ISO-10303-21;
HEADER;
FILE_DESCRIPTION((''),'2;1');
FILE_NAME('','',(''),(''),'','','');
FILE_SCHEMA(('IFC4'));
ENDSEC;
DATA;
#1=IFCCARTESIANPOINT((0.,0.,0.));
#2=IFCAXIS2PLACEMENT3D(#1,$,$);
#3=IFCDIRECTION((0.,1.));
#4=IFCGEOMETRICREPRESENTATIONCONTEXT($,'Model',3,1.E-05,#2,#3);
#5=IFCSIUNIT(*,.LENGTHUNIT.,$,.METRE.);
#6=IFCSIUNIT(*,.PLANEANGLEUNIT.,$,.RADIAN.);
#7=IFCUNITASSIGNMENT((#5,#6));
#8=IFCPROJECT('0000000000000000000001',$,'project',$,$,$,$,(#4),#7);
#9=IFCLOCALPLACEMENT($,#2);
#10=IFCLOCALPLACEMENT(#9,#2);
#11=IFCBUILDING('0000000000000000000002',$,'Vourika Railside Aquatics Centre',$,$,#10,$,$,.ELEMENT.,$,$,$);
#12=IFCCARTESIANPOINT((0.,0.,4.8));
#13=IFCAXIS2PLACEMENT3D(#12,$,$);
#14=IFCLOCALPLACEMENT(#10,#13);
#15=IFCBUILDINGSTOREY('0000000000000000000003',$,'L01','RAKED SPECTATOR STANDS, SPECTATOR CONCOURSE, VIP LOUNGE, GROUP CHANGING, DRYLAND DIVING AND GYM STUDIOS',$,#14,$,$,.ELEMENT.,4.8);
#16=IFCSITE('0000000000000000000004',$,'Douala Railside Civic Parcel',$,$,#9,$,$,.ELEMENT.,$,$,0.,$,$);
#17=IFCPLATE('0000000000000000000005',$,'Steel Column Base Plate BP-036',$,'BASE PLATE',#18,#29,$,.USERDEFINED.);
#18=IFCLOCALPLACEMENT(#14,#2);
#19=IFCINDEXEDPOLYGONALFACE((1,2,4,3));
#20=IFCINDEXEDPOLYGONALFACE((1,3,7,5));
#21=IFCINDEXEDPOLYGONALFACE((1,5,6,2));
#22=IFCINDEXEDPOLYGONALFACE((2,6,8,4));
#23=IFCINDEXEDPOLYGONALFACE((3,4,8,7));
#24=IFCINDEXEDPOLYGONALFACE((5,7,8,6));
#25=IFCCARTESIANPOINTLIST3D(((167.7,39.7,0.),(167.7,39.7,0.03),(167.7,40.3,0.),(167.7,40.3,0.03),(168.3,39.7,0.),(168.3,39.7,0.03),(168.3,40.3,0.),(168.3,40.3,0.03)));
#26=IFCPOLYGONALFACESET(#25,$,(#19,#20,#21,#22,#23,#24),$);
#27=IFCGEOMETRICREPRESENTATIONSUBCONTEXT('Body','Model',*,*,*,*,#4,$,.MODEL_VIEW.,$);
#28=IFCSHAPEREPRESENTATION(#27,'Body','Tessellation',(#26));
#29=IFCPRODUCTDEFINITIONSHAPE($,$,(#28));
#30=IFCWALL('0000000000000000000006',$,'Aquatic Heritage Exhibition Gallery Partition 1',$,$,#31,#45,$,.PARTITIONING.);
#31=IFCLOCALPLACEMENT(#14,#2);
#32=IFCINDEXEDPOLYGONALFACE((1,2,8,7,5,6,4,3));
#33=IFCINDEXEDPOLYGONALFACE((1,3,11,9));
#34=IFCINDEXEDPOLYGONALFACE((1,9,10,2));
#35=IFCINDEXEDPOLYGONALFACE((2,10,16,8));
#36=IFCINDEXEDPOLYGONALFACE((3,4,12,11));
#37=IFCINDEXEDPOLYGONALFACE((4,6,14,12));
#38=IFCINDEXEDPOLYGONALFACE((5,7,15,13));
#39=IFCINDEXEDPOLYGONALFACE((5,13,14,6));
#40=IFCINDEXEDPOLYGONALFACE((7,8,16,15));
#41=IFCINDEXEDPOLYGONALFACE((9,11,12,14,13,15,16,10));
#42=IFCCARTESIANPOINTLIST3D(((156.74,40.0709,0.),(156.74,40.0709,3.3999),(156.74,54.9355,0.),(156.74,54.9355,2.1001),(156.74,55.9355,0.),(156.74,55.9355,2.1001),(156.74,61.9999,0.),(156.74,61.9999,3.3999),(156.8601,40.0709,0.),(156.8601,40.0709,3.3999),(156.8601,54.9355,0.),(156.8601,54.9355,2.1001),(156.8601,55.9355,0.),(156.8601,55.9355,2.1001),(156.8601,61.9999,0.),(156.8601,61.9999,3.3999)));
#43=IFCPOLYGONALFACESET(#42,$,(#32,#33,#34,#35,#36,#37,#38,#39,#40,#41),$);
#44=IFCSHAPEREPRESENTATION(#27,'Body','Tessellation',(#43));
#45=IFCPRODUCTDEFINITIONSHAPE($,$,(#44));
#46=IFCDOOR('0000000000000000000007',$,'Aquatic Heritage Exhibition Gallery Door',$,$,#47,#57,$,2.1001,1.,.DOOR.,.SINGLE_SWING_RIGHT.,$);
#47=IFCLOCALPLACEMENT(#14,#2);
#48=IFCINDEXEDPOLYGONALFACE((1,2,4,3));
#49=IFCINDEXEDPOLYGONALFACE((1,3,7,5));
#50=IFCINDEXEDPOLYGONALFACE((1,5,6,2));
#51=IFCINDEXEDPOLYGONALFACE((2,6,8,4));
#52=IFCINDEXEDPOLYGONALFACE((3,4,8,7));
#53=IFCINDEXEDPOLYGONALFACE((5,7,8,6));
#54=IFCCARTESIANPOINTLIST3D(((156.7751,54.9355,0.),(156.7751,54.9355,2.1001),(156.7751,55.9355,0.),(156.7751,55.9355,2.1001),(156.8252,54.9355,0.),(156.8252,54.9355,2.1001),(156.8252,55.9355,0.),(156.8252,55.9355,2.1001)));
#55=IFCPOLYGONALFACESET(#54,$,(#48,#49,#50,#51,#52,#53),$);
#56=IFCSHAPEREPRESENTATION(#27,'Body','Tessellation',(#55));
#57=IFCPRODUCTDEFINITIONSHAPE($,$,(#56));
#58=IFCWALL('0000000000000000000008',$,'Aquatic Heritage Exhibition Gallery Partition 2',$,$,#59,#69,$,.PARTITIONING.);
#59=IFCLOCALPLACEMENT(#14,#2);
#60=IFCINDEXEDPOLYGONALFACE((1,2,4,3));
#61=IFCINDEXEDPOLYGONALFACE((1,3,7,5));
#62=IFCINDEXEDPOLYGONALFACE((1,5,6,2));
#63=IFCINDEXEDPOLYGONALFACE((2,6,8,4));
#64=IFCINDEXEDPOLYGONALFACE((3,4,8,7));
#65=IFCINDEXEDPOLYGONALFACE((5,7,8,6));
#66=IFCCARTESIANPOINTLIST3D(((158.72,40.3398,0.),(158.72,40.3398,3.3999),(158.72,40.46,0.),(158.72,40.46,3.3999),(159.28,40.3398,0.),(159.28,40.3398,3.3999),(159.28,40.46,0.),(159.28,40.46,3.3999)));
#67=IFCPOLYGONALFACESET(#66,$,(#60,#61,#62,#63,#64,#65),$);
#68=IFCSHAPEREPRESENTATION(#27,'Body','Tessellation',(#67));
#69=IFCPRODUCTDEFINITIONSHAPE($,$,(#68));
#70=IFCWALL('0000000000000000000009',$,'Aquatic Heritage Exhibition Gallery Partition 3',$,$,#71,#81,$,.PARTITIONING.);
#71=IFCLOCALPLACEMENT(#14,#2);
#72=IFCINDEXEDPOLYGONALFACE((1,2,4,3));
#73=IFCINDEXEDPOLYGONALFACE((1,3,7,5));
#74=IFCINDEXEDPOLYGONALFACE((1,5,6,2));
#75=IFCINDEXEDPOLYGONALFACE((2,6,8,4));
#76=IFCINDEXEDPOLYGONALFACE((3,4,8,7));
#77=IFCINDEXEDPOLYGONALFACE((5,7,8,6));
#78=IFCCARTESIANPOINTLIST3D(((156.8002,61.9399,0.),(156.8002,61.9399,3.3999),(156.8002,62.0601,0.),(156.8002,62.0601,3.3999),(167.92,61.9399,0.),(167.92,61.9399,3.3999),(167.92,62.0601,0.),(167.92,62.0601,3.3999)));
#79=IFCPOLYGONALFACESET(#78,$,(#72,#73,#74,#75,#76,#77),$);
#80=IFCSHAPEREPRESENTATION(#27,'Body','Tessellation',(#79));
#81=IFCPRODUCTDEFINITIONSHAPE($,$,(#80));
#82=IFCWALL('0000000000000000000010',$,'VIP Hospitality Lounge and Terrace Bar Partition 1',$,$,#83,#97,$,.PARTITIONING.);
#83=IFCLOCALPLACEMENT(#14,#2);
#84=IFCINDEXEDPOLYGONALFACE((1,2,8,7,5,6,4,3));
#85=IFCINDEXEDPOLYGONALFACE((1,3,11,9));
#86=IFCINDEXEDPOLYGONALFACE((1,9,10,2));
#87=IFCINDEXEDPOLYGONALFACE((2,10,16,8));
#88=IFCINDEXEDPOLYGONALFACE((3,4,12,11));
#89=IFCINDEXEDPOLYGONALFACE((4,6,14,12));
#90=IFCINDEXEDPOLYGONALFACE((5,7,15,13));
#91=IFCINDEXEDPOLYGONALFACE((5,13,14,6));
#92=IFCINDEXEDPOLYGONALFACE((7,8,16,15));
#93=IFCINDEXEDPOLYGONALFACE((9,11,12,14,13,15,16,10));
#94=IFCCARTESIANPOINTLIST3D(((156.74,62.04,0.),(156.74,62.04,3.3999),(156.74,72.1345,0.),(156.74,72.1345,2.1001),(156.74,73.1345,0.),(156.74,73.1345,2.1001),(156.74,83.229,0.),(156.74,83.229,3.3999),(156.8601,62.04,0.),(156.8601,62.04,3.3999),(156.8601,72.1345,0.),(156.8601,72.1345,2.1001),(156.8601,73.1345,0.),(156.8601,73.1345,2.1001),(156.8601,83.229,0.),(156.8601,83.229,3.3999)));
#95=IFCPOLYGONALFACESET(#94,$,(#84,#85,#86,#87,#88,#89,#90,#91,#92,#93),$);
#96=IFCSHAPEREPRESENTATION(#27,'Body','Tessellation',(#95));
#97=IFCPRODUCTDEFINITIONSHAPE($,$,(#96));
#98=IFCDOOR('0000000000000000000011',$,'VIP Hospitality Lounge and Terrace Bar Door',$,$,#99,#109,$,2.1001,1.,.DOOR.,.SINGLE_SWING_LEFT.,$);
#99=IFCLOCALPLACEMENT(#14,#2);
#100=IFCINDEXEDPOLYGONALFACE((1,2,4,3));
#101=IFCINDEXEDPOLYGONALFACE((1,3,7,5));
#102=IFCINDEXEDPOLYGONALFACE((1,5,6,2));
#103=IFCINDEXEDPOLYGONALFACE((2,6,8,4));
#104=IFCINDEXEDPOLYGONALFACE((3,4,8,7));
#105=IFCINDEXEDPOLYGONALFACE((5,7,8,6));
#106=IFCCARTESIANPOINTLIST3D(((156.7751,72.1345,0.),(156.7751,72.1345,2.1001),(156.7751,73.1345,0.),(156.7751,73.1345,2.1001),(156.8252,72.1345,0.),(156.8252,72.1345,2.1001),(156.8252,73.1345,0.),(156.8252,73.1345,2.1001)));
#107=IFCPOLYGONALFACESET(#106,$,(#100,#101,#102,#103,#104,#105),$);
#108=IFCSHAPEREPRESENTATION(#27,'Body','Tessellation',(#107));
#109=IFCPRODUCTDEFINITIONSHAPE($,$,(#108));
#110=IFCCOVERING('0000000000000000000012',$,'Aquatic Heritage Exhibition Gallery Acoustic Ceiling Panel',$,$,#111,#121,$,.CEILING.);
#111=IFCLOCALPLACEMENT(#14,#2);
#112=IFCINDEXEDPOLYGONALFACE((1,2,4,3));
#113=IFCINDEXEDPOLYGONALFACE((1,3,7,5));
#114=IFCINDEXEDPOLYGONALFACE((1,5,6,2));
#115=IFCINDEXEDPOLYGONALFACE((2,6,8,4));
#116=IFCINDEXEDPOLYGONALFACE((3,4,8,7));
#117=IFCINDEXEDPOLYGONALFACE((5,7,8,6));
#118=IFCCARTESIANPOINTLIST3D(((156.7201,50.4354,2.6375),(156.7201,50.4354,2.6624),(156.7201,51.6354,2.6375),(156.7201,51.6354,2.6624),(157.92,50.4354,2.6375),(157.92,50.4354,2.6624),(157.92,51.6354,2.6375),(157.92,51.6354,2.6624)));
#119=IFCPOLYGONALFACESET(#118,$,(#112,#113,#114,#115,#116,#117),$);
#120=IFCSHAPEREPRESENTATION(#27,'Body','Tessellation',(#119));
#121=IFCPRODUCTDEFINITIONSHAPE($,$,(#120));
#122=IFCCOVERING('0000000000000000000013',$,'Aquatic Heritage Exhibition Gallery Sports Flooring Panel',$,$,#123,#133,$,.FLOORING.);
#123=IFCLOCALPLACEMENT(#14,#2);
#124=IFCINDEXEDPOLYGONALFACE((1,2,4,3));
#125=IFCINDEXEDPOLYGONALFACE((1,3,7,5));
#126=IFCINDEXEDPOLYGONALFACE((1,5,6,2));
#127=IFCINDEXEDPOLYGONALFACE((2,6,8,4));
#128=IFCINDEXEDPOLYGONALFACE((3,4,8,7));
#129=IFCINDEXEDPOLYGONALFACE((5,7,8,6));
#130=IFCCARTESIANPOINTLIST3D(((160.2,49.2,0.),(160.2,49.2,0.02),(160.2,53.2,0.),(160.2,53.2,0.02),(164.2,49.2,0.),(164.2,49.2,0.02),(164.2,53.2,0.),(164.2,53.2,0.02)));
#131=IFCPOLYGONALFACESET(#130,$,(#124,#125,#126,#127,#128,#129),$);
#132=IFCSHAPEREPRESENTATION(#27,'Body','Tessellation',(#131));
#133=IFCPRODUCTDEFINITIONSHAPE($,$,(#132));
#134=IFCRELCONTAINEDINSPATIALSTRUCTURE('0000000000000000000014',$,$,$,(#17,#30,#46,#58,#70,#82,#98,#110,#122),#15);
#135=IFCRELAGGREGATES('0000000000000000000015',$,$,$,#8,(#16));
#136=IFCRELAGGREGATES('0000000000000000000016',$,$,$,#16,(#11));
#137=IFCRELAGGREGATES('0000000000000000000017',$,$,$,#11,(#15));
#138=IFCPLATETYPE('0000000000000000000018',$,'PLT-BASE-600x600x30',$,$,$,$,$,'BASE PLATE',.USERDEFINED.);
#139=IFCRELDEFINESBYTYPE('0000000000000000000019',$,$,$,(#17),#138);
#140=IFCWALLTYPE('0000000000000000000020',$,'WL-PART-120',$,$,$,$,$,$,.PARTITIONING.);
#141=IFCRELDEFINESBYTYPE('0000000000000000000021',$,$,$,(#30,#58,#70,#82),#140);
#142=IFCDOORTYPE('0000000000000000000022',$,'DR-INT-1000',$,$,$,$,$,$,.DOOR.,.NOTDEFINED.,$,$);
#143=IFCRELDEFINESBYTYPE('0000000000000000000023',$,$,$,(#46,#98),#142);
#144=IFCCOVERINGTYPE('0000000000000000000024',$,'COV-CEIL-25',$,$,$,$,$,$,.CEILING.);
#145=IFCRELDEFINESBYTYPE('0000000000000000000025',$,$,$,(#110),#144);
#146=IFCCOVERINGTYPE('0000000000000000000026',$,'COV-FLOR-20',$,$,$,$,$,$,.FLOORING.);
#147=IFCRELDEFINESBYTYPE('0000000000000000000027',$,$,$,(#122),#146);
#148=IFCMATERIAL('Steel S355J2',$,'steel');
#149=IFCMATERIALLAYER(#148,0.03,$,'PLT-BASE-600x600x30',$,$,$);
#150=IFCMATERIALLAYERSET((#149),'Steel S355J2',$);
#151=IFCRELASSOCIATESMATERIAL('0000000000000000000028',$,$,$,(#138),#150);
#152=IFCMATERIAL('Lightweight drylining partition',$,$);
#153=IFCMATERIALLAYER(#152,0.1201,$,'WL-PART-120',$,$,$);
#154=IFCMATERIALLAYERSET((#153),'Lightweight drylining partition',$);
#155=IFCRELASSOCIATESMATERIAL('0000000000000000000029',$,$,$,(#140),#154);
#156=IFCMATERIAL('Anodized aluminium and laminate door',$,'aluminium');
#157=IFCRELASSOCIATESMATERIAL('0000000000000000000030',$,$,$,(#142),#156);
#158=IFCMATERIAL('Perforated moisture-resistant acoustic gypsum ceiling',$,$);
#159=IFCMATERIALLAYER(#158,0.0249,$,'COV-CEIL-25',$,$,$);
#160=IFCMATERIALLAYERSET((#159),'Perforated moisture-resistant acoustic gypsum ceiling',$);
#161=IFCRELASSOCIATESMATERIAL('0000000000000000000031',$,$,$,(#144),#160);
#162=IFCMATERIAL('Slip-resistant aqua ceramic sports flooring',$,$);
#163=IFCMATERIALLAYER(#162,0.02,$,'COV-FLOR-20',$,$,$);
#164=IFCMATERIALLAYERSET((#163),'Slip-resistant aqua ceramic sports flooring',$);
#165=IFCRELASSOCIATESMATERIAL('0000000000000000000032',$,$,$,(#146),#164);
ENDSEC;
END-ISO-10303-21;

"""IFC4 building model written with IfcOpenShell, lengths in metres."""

from ifc_helpers import new_model, si_unit, direction, frame, frame_2d, origin, origin_2d, place, context, subcontext, project, spatial, rectangle, extrude, material, layer, layer_set, type_object, element, fill, save


model = new_model("IFC4")

# Units and contexts
model_context = context("Model", 3, precision=1e-05, world=origin(), true_north=direction((0.0, 1.0)))
body_context = subcontext(model_context, "Body", "Model", "MODEL_VIEW")
ifc_project = project(units=[si_unit("LENGTHUNIT", "METRE"), si_unit("PLANEANGLEUNIT", "RADIAN")], contexts=[model_context])

# Site, building, storey
site_placement = place(None, origin())
site = spatial("IfcSite", under=ifc_project, at=site_placement, Name="Douala Railside Civic Parcel", CompositionType="ELEMENT", RefElevation=0.0)
building_placement = place(site_placement, origin())
building = spatial("IfcBuilding", under=site, at=building_placement, Name="Vourika Railside Aquatics Centre", CompositionType="ELEMENT")
storey_placement = place(building_placement, frame((0.0, 0.0, 4.8)))
storey = spatial("IfcBuildingStorey", under=building, at=storey_placement, Name="L01", Description="RAKED SPECTATOR STANDS, SPECTATOR CONCOURSE, VIP LOUNGE, GROUP CHANGING, DRYLAND DIVING AND GYM STUDIOS", CompositionType="ELEMENT", Elevation=4.8)

# Plate
ifc_material_1 = material(Name="Steel S355J2", Category="steel")
ifc_layer_1 = layer(ifc_material_1, 0.03, Name="PLT-BASE-600x600x30")
ifc_layer_set_1 = layer_set([ifc_layer_1], Name="Steel S355J2")
plate_type = type_object("IfcPlateType", Name="PLT-BASE-600x600x30", ElementType="BASE PLATE", PredefinedType="USERDEFINED", material=ifc_layer_set_1)
plate_placement = place(storey_placement, frame((168.0, 40.0, 0.0), z_axis=(0.0, 0.0, 1.0), x_axis=(1.0, 0.0, 0.0)))
element("IfcPlate", 1, at=plate_placement, inside=storey, type_object=plate_type, Name="Steel Column Base Plate BP-036", ObjectType="BASE PLATE", PredefinedType="USERDEFINED", context=body_context, shape_type="SweptSolid", body=[
    extrude(rectangle(XDim=0.6001, YDim=0.6001, at=origin_2d()), origin(), (0.0, 0.0, 1.0), 0.03),
])

# Wall, opening, door
ifc_material_2 = material(Name="Lightweight drylining partition")
ifc_layer_2 = layer(ifc_material_2, 0.1201, Name="WL-PART-120")
ifc_layer_set_2 = layer_set([ifc_layer_2], Name="Lightweight drylining partition")
wall_type = type_object("IfcWallType", Name="WL-PART-120", PredefinedType="PARTITIONING", material=ifc_layer_set_2)
wall_1_placement = place(storey_placement, frame((156.8, 40.071, 0.0), z_axis=(0.0, 0.0, 1.0), x_axis=(0.0, 1.0, 0.0)))
wall_1 = element("IfcWall", 2, at=wall_1_placement, inside=storey, type_object=wall_type, Name="Aquatic Heritage Exhibition Gallery Partition 1", PredefinedType="PARTITIONING", context=body_context, shape_type="SweptSolid", body=[
    extrude(rectangle(XDim=21.929, YDim=0.1201, at=frame_2d((10.9644, 0.0))), origin(), (0.0, 0.0, 1.0), 3.3999),
])
opening_1_placement = place(wall_1_placement, frame((14.8645, 0.0, 0.0)))
opening_1 = element("IfcOpeningElement", 3, at=opening_1_placement, cuts=wall_1, PredefinedType="OPENING", context=body_context, shape_type="SweptSolid", body=[
    extrude(rectangle(XDim=1.0, YDim=2.1001, at=frame_2d((0.5, 1.05))), frame((0.0, 0.0701, 0.0), z_axis=(0.0, -1.0, 0.0), x_axis=(1.0, 0.0, 0.0)), (0.0, 0.0, 1.0), 0.1401),
])
ifc_material_3 = material(Name="Anodized aluminium and laminate door", Category="aluminium")
door_type = type_object("IfcDoorType", Name="DR-INT-1000", OperationType="NOTDEFINED", PredefinedType="DOOR", material=ifc_material_3)
door_1_placement = place(opening_1_placement, origin())
door_1 = element("IfcDoor", 4, at=door_1_placement, inside=storey, type_object=door_type, Name="Aquatic Heritage Exhibition Gallery Door", OperationType="SINGLE_SWING_RIGHT", OverallHeight=2.1001, OverallWidth=1.0, PredefinedType="DOOR", context=body_context, shape_type="SweptSolid", body=[
    extrude(rectangle(XDim=1.0, YDim=2.1001, at=frame_2d((0.5, 1.05))), frame((0.0, 0.0249, 0.0), z_axis=(0.0, -1.0, 0.0), x_axis=(1.0, 0.0, 0.0)), (0.0, 0.0, 1.0), 0.05),
])
fill(opening_1, door_1)

# Walls
wall_2_placement = place(storey_placement, frame((159.28, 40.3999, 0.0), z_axis=(0.0, 0.0, 1.0), x_axis=(-1.0, 0.0, 0.0)))
element("IfcWall", 5, at=wall_2_placement, inside=storey, type_object=wall_type, Name="Aquatic Heritage Exhibition Gallery Partition 2", PredefinedType="PARTITIONING", context=body_context, shape_type="SweptSolid", body=[
    extrude(rectangle(XDim=0.5601, YDim=0.1201, at=frame_2d((0.28, 0.0))), origin(), (0.0, 0.0, 1.0), 3.3999),
])
wall_3_placement = place(storey_placement, frame((156.8, 62.0, 0.0), z_axis=(0.0, 0.0, 1.0), x_axis=(1.0, 0.0, 0.0)))
element("IfcWall", 6, at=wall_3_placement, inside=storey, type_object=wall_type, Name="Aquatic Heritage Exhibition Gallery Partition 3", PredefinedType="PARTITIONING", context=body_context, shape_type="SweptSolid", body=[
    extrude(rectangle(XDim=11.1199, YDim=0.1201, at=frame_2d((5.5601, 0.0))), origin(), (0.0, 0.0, 1.0), 3.3999),
])

# Wall, opening, door
wall_4_placement = place(storey_placement, frame((156.8, 62.04, 0.0), z_axis=(0.0, 0.0, 1.0), x_axis=(0.0, 1.0, 0.0)))
wall_4 = element("IfcWall", 7, at=wall_4_placement, inside=storey, type_object=wall_type, Name="VIP Hospitality Lounge and Terrace Bar Partition 1", PredefinedType="PARTITIONING", context=body_context, shape_type="SweptSolid", body=[
    extrude(rectangle(XDim=21.189, YDim=0.1201, at=frame_2d((10.5945, 0.0))), origin(), (0.0, 0.0, 1.0), 3.3999),
])
opening_2_placement = place(wall_4_placement, frame((10.0945, 0.0, 0.0)))
opening_2 = element("IfcOpeningElement", 8, at=opening_2_placement, cuts=wall_4, PredefinedType="OPENING", context=body_context, shape_type="SweptSolid", body=[
    extrude(rectangle(XDim=1.0, YDim=2.1001, at=frame_2d((0.5, 1.05))), frame((0.0, 0.0701, 0.0), z_axis=(0.0, -1.0, 0.0), x_axis=(1.0, 0.0, 0.0)), (0.0, 0.0, 1.0), 0.1401),
])
door_2_placement = place(opening_2_placement, origin())
door_2 = element("IfcDoor", 9, at=door_2_placement, inside=storey, type_object=door_type, Name="VIP Hospitality Lounge and Terrace Bar Door", OperationType="SINGLE_SWING_LEFT", OverallHeight=2.1001, OverallWidth=1.0, PredefinedType="DOOR", context=body_context, shape_type="SweptSolid", body=[
    extrude(rectangle(XDim=1.0, YDim=2.1001, at=frame_2d((0.5, 1.05))), frame((0.0, 0.0249, 0.0), z_axis=(0.0, -1.0, 0.0), x_axis=(1.0, 0.0, 0.0)), (0.0, 0.0, 1.0), 0.05),
])
fill(opening_2, door_2)

# Coverings
ifc_material_4 = material(Name="Perforated moisture-resistant acoustic gypsum ceiling")
ifc_layer_3 = layer(ifc_material_4, 0.0249, Name="COV-CEIL-25")
ifc_layer_set_3 = layer_set([ifc_layer_3], Name="Perforated moisture-resistant acoustic gypsum ceiling")
covering_type_1 = type_object("IfcCoveringType", Name="COV-CEIL-25", PredefinedType="CEILING", material=ifc_layer_set_3)
covering_1_placement = place(storey_placement, frame((157.3201, 51.0354, 2.6375), z_axis=(0.0, 0.0, 1.0), x_axis=(1.0, 0.0, 0.0)))
element("IfcCovering", 10, at=covering_1_placement, inside=storey, type_object=covering_type_1, Name="Aquatic Heritage Exhibition Gallery Acoustic Ceiling Panel", PredefinedType="CEILING", context=body_context, shape_type="SweptSolid", body=[
    extrude(rectangle(XDim=1.2, YDim=1.2, at=origin_2d()), origin(), (0.0, 0.0, 1.0), 0.0249),
])
ifc_material_5 = material(Name="Slip-resistant aqua ceramic sports flooring")
ifc_layer_4 = layer(ifc_material_5, 0.02, Name="COV-FLOR-20")
ifc_layer_set_4 = layer_set([ifc_layer_4], Name="Slip-resistant aqua ceramic sports flooring")
covering_type_2 = type_object("IfcCoveringType", Name="COV-FLOR-20", PredefinedType="FLOORING", material=ifc_layer_set_4)
covering_2_placement = place(storey_placement, frame((162.2, 51.2, 0.0), z_axis=(0.0, 0.0, 1.0), x_axis=(1.0, 0.0, 0.0)))
element("IfcCovering", 11, at=covering_2_placement, inside=storey, type_object=covering_type_2, Name="Aquatic Heritage Exhibition Gallery Sports Flooring Panel", PredefinedType="FLOORING", context=body_context, shape_type="SweptSolid", body=[
    extrude(rectangle(XDim=4.0, YDim=4.0, at=origin_2d()), origin(), (0.0, 0.0, 1.0), 0.02),
])

save(model, "model.ifc")
